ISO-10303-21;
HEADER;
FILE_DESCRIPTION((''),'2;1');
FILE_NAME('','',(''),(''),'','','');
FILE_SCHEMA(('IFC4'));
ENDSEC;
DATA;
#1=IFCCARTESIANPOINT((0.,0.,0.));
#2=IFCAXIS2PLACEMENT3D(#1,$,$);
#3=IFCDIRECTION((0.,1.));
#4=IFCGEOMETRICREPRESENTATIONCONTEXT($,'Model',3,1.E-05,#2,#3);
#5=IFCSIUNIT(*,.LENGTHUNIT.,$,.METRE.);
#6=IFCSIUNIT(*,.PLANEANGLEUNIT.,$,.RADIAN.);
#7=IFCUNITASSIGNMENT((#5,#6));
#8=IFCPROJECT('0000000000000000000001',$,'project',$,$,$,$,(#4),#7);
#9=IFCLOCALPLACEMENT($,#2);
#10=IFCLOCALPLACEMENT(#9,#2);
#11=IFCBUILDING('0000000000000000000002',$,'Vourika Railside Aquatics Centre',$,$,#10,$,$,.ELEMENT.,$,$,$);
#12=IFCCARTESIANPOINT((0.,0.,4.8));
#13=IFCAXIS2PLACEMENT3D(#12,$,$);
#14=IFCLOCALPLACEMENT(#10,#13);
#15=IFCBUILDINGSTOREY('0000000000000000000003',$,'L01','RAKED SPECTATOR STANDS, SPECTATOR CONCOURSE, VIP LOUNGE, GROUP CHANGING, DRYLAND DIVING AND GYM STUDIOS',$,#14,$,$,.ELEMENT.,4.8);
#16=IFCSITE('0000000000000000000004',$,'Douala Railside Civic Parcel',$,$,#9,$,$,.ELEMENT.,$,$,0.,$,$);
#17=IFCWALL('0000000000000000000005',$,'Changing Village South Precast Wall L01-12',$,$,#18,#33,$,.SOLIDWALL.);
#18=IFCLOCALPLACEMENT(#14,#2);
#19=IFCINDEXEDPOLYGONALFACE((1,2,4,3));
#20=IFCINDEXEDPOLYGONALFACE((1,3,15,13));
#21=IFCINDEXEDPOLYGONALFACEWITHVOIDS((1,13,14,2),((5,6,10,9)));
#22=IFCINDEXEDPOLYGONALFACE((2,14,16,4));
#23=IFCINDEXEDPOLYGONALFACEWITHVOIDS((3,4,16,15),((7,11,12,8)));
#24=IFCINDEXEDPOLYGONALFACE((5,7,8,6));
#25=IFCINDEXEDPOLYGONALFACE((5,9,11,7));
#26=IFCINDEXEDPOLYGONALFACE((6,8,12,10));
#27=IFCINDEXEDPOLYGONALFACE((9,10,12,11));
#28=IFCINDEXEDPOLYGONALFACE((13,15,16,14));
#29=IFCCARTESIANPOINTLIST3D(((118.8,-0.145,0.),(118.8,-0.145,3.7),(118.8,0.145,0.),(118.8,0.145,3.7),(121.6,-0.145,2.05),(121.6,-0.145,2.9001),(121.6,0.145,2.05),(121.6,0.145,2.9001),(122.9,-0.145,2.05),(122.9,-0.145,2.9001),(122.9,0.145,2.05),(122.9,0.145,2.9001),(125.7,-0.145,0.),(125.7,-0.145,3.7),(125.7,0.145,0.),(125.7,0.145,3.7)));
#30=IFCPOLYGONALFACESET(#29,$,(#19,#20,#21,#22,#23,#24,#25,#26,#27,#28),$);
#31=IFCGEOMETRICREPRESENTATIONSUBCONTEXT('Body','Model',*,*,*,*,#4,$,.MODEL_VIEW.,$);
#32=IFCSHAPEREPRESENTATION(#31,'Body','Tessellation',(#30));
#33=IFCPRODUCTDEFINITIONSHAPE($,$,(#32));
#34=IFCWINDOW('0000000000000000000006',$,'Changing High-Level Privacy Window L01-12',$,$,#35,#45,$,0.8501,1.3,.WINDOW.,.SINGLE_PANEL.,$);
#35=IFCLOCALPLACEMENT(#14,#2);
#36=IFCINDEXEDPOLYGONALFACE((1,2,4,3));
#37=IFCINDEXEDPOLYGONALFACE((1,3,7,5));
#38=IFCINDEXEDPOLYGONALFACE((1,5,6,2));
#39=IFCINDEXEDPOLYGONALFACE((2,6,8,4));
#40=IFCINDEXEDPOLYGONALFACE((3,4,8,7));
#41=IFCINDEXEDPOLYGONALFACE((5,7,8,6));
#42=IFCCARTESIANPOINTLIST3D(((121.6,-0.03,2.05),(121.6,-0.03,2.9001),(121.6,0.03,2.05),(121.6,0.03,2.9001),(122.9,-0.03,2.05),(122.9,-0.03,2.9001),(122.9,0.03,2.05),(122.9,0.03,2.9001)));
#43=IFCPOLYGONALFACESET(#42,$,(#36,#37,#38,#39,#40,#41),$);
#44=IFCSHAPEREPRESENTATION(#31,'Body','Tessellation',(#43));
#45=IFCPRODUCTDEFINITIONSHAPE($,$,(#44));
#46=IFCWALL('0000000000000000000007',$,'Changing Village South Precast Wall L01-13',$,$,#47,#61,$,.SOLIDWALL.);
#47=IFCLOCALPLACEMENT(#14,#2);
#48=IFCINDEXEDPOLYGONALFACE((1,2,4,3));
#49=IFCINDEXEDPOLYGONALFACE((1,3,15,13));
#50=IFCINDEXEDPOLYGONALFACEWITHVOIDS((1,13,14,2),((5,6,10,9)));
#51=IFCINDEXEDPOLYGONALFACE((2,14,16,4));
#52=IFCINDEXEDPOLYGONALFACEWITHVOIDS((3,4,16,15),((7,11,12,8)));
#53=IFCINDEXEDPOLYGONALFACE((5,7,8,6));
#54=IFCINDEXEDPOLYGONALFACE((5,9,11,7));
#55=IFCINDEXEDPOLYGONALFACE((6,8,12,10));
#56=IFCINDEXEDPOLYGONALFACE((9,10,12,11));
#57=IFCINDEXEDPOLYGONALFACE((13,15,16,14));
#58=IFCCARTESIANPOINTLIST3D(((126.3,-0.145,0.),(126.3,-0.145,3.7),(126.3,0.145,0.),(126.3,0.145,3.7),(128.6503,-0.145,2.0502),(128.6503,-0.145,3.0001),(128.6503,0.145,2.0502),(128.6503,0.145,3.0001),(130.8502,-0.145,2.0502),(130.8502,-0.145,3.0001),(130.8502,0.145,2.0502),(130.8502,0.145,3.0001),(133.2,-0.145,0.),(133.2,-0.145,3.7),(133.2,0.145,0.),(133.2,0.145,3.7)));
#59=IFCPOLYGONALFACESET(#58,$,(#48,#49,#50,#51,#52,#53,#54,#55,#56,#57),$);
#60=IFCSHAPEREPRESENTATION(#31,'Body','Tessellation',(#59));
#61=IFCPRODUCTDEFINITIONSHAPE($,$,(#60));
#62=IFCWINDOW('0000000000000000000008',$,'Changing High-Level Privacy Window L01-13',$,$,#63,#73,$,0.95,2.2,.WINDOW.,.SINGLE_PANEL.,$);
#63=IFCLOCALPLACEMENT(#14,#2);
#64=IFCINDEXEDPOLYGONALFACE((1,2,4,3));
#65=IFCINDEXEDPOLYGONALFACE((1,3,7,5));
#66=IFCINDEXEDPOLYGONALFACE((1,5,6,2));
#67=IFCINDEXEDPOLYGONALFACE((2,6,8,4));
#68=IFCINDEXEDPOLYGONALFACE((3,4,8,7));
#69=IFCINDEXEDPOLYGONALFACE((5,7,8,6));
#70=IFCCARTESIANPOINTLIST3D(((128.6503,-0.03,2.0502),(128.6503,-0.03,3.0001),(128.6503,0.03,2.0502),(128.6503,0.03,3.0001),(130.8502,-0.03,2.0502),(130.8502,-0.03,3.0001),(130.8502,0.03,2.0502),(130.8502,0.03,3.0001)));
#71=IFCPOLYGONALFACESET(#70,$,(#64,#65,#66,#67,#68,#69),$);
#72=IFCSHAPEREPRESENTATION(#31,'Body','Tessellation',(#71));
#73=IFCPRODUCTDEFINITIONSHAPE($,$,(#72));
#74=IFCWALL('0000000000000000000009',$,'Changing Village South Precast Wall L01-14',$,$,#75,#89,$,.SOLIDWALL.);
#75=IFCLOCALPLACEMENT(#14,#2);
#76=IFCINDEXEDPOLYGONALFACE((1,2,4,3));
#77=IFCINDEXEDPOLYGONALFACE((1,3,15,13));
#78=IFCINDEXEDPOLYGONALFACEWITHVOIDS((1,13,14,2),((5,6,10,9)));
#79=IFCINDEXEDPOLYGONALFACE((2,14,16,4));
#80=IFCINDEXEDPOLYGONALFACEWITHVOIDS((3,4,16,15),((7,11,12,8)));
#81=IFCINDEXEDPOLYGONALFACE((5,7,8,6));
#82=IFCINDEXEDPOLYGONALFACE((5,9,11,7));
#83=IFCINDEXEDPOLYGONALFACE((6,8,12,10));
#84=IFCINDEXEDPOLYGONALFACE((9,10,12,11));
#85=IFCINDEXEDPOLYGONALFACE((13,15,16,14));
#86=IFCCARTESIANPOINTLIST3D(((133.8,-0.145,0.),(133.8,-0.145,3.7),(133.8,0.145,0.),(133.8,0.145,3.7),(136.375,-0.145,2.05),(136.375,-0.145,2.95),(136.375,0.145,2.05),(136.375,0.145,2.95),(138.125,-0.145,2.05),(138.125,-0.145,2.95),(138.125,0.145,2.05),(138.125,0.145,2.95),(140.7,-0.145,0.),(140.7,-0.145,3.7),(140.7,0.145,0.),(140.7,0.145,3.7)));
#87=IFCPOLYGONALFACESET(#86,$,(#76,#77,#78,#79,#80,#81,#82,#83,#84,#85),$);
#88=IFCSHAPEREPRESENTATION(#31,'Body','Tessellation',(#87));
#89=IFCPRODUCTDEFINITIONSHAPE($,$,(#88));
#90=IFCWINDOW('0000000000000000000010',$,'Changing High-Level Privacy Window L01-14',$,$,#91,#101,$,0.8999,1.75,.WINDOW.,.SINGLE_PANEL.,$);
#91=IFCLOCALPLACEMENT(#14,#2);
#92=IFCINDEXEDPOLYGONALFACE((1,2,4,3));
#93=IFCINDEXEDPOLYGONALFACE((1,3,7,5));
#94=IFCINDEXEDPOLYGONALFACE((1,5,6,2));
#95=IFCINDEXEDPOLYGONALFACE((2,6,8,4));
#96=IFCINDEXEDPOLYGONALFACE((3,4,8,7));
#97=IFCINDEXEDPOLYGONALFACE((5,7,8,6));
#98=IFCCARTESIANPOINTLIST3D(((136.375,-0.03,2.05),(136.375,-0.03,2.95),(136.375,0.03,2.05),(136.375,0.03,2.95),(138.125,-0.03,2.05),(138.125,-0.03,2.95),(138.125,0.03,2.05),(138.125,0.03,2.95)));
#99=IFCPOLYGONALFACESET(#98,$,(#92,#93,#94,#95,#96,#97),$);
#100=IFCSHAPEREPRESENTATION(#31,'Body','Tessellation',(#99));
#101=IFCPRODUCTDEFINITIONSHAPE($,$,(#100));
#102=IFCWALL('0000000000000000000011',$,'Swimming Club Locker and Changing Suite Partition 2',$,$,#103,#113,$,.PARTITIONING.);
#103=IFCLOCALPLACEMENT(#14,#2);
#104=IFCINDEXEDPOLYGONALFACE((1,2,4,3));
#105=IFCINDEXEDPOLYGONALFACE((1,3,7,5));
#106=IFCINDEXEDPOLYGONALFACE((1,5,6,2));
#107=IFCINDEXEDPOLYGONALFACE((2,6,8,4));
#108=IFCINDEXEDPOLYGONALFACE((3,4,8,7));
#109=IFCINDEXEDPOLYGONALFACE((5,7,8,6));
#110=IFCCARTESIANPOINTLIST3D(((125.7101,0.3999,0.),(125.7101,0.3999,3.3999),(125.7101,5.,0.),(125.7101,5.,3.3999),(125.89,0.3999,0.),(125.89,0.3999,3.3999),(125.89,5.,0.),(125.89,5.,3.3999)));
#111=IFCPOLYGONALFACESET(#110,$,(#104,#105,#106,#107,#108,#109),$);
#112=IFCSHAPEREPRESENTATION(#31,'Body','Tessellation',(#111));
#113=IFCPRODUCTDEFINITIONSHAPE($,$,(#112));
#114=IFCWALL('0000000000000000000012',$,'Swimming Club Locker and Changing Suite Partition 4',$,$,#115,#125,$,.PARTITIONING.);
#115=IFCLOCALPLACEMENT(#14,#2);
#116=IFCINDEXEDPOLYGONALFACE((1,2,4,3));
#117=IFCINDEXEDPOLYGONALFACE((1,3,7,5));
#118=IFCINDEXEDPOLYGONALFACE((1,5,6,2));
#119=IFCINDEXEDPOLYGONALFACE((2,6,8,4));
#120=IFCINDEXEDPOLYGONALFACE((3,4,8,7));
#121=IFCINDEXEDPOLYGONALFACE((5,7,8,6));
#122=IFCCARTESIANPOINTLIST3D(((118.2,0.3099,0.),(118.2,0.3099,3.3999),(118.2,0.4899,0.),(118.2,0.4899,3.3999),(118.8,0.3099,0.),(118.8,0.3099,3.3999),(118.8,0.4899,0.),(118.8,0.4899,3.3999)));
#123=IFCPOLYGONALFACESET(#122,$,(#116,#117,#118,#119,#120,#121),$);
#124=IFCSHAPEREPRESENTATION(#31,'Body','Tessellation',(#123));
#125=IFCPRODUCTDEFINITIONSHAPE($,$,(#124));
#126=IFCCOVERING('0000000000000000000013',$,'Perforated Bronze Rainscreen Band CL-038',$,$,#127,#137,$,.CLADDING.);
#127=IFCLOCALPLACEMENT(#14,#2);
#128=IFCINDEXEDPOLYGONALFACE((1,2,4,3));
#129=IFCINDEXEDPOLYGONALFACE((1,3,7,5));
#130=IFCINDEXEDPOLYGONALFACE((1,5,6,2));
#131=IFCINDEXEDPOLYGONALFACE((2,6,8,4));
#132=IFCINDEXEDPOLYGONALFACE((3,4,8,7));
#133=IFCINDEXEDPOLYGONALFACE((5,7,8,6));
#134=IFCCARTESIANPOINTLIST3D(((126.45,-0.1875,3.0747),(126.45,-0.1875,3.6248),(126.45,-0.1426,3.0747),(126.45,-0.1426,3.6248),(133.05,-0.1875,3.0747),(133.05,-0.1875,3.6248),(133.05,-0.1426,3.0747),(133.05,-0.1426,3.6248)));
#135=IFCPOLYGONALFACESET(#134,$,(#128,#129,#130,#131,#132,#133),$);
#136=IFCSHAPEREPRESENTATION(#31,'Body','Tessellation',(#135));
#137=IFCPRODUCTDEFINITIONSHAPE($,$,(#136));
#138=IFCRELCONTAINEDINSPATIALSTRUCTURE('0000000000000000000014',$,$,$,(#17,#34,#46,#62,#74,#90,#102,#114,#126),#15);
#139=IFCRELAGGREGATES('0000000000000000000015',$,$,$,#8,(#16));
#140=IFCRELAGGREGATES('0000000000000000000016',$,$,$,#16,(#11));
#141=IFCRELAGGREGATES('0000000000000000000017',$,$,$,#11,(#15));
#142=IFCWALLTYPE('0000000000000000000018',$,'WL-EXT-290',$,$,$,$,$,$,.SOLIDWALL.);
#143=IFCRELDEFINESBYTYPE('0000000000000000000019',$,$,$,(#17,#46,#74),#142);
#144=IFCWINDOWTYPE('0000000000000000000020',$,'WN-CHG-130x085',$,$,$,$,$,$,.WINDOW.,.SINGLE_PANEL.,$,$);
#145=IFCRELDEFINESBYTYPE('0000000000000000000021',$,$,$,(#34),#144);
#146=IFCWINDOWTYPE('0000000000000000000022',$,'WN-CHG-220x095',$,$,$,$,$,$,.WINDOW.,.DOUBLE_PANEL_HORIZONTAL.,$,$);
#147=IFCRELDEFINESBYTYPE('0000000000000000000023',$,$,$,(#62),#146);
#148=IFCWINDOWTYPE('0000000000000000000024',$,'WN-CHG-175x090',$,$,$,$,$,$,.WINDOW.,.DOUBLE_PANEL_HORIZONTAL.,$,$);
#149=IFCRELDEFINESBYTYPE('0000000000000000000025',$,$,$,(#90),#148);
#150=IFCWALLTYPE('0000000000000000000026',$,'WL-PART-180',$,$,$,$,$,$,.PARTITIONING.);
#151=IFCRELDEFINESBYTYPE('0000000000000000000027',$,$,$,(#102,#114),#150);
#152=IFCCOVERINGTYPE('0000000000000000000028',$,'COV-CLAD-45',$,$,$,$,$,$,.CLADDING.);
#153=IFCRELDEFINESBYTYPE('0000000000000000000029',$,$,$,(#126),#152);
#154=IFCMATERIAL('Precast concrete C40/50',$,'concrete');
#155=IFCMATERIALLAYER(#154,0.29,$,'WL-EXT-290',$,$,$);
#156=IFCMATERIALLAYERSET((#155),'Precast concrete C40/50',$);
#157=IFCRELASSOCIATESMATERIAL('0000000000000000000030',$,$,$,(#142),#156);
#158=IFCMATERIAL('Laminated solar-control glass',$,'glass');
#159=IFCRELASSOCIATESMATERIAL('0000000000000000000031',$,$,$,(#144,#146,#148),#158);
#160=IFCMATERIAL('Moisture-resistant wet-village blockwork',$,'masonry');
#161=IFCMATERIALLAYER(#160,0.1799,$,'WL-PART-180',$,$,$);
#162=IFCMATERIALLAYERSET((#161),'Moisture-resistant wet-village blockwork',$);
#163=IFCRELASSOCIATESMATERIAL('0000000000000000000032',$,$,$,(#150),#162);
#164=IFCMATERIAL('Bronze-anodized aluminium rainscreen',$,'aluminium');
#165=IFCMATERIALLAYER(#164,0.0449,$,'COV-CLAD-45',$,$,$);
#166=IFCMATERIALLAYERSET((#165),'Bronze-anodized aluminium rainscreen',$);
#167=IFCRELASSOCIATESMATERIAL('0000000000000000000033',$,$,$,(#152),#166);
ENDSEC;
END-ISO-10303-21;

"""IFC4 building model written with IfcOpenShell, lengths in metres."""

from ifc_helpers import new_model, si_unit, direction, frame, frame_2d, origin, origin_2d, place, context, subcontext, project, spatial, rectangle, extrude, material, layer, layer_set, type_object, element, fill, save


model = new_model("IFC4")

# Units and contexts
model_context = context("Model", 3, precision=1e-05, world=origin(), true_north=direction((0.0, 1.0)))
body_context = subcontext(model_context, "Body", "Model", "MODEL_VIEW")
ifc_project = project(units=[si_unit("LENGTHUNIT", "METRE"), si_unit("PLANEANGLEUNIT", "RADIAN")], contexts=[model_context])

# Site, building, storey
site_placement = place(None, origin())
site = spatial("IfcSite", under=ifc_project, at=site_placement, Name="Douala Railside Civic Parcel", CompositionType="ELEMENT", RefElevation=0.0)
building_placement = place(site_placement, origin())
building = spatial("IfcBuilding", under=site, at=building_placement, Name="Vourika Railside Aquatics Centre", CompositionType="ELEMENT")
storey_placement = place(building_placement, frame((0.0, 0.0, 4.8)))
storey = spatial("IfcBuildingStorey", under=building, at=storey_placement, Name="L01", Description="RAKED SPECTATOR STANDS, SPECTATOR CONCOURSE, VIP LOUNGE, GROUP CHANGING, DRYLAND DIVING AND GYM STUDIOS", CompositionType="ELEMENT", Elevation=4.8)

# Walls, openings, windows
ifc_material_1 = material(Name="Precast concrete C40/50", Category="concrete")
ifc_layer_1 = layer(ifc_material_1, 0.29, Name="WL-EXT-290")
ifc_layer_set_1 = layer_set([ifc_layer_1], Name="Precast concrete C40/50")
wall_type_1 = type_object("IfcWallType", Name="WL-EXT-290", PredefinedType="SOLIDWALL", material=ifc_layer_set_1)
wall_1_placement = place(storey_placement, frame((118.8, 0.0, 0.0), z_axis=(0.0, 0.0, 1.0), x_axis=(1.0, 0.0, 0.0)))
wall_1 = element("IfcWall", 1, at=wall_1_placement, inside=storey, type_object=wall_type_1, Name="Changing Village South Precast Wall L01-12", PredefinedType="SOLIDWALL", context=body_context, shape_type="SweptSolid", body=[
    extrude(rectangle(XDim=6.8999, YDim=0.29, at=frame_2d((3.45, 0.0))), origin(), (0.0, 0.0, 1.0), 3.7),
])
opening_1_placement = place(wall_1_placement, frame((2.8, 0.0, 2.05)))
opening_1 = element("IfcOpeningElement", 2, at=opening_1_placement, cuts=wall_1, PredefinedType="OPENING", context=body_context, shape_type="SweptSolid", body=[
    extrude(rectangle(XDim=1.3, YDim=0.8501, at=frame_2d((0.6499, 0.425))), frame((0.0, 0.155, 0.0), z_axis=(0.0, -1.0, 0.0), x_axis=(1.0, 0.0, 0.0)), (0.0, 0.0, 1.0), 0.3101),
])
ifc_material_2 = material(Name="Laminated solar-control glass", Category="glass")
window_type_1 = type_object("IfcWindowType", Name="WN-CHG-130x085", PartitioningType="SINGLE_PANEL", PredefinedType="WINDOW", material=ifc_material_2)
window_1_placement = place(opening_1_placement, origin())
window_1 = element("IfcWindow", 3, at=window_1_placement, inside=storey, type_object=window_type_1, Name="Changing High-Level Privacy Window L01-12", OverallHeight=0.8501, OverallWidth=1.3, PartitioningType="SINGLE_PANEL", PredefinedType="WINDOW", context=body_context, shape_type="SweptSolid", body=[
    extrude(rectangle(XDim=1.3, YDim=0.8501, at=frame_2d((0.6499, 0.425))), frame((0.0, 0.03, 0.0), z_axis=(0.0, -1.0, 0.0), x_axis=(1.0, 0.0, 0.0)), (0.0, 0.0, 1.0), 0.0601),
])
fill(opening_1, window_1)
wall_2_placement = place(storey_placement, frame((126.3, 0.0, 0.0), z_axis=(0.0, 0.0, 1.0), x_axis=(1.0, 0.0, 0.0)))
wall_2 = element("IfcWall", 4, at=wall_2_placement, inside=storey, type_object=wall_type_1, Name="Changing Village South Precast Wall L01-13", PredefinedType="SOLIDWALL", context=body_context, shape_type="SweptSolid", body=[
    extrude(rectangle(XDim=6.8999, YDim=0.29, at=frame_2d((3.45, 0.0))), origin(), (0.0, 0.0, 1.0), 3.7),
])
opening_2_placement = place(wall_2_placement, frame((2.3501, 0.0, 2.05)))
opening_2 = element("IfcOpeningElement", 5, at=opening_2_placement, cuts=wall_2, PredefinedType="OPENING", context=body_context, shape_type="SweptSolid", body=[
    extrude(rectangle(XDim=2.2, YDim=0.95, at=frame_2d((1.1001, 0.4751))), frame((0.0, 0.155, 0.0), z_axis=(0.0, -1.0, 0.0), x_axis=(1.0, 0.0, 0.0)), (0.0, 0.0, 1.0), 0.3101),
])
window_type_2 = type_object("IfcWindowType", Name="WN-CHG-220x095", PartitioningType="DOUBLE_PANEL_HORIZONTAL", PredefinedType="WINDOW", material=ifc_material_2)
window_2_placement = place(opening_2_placement, origin())
window_2 = element("IfcWindow", 6, at=window_2_placement, inside=storey, type_object=window_type_2, Name="Changing High-Level Privacy Window L01-13", OverallHeight=0.95, OverallWidth=2.2, PartitioningType="SINGLE_PANEL", PredefinedType="WINDOW", context=body_context, shape_type="SweptSolid", body=[
    extrude(rectangle(XDim=2.2, YDim=0.95, at=frame_2d((1.1001, 0.4751))), frame((0.0, 0.03, 0.0), z_axis=(0.0, -1.0, 0.0), x_axis=(1.0, 0.0, 0.0)), (0.0, 0.0, 1.0), 0.0601),
])
fill(opening_2, window_2)
wall_3_placement = place(storey_placement, frame((133.8, 0.0, 0.0), z_axis=(0.0, 0.0, 1.0), x_axis=(1.0, 0.0, 0.0)))
wall_3 = element("IfcWall", 7, at=wall_3_placement, inside=storey, type_object=wall_type_1, Name="Changing Village South Precast Wall L01-14", PredefinedType="SOLIDWALL", context=body_context, shape_type="SweptSolid", body=[
    extrude(rectangle(XDim=6.8999, YDim=0.29, at=frame_2d((3.45, 0.0))), origin(), (0.0, 0.0, 1.0), 3.7),
])
opening_3_placement = place(wall_3_placement, frame((2.575, 0.0, 2.05)))
opening_3 = element("IfcOpeningElement", 8, at=opening_3_placement, cuts=wall_3, PredefinedType="OPENING", context=body_context, shape_type="SweptSolid", body=[
    extrude(rectangle(XDim=1.75, YDim=0.8999, at=frame_2d((0.875, 0.45))), frame((0.0, 0.155, 0.0), z_axis=(0.0, -1.0, 0.0), x_axis=(1.0, 0.0, 0.0)), (0.0, 0.0, 1.0), 0.3101),
])
window_type_3 = type_object("IfcWindowType", Name="WN-CHG-175x090", PartitioningType="DOUBLE_PANEL_HORIZONTAL", PredefinedType="WINDOW", material=ifc_material_2)
window_3_placement = place(opening_3_placement, origin())
window_3 = element("IfcWindow", 9, at=window_3_placement, inside=storey, type_object=window_type_3, Name="Changing High-Level Privacy Window L01-14", OverallHeight=0.8999, OverallWidth=1.75, PartitioningType="SINGLE_PANEL", PredefinedType="WINDOW", context=body_context, shape_type="SweptSolid", body=[
    extrude(rectangle(XDim=1.75, YDim=0.8999, at=frame_2d((0.875, 0.45))), frame((0.0, 0.03, 0.0), z_axis=(0.0, -1.0, 0.0), x_axis=(1.0, 0.0, 0.0)), (0.0, 0.0, 1.0), 0.0601),
])
fill(opening_3, window_3)

# Walls
ifc_material_3 = material(Name="Moisture-resistant wet-village blockwork", Category="masonry")
ifc_layer_2 = layer(ifc_material_3, 0.1799, Name="WL-PART-180")
ifc_layer_set_2 = layer_set([ifc_layer_2], Name="Moisture-resistant wet-village blockwork")
wall_type_2 = type_object("IfcWallType", Name="WL-PART-180", PredefinedType="PARTITIONING", material=ifc_layer_set_2)
wall_4_placement = place(storey_placement, frame((125.8, 5.0, 0.0), z_axis=(0.0, 0.0, 1.0), x_axis=(0.0, -1.0, 0.0)))
element("IfcWall", 10, at=wall_4_placement, inside=storey, type_object=wall_type_2, Name="Swimming Club Locker and Changing Suite Partition 2", PredefinedType="PARTITIONING", context=body_context, shape_type="SweptSolid", body=[
    extrude(rectangle(XDim=4.6001, YDim=0.1799, at=frame_2d((2.3, 0.0))), origin(), (0.0, 0.0, 1.0), 3.3999),
])
wall_5_placement = place(storey_placement, frame((118.8, 0.3999, 0.0), z_axis=(0.0, 0.0, 1.0), x_axis=(-1.0, 0.0, 0.0)))
element("IfcWall", 11, at=wall_5_placement, inside=storey, type_object=wall_type_2, Name="Swimming Club Locker and Changing Suite Partition 4", PredefinedType="PARTITIONING", context=body_context, shape_type="SweptSolid", body=[
    extrude(rectangle(XDim=0.6001, YDim=0.1799, at=frame_2d((0.3, 0.0))), origin(), (0.0, 0.0, 1.0), 3.3999),
])

# Covering
ifc_material_4 = material(Name="Bronze-anodized aluminium rainscreen", Category="aluminium")
ifc_layer_3 = layer(ifc_material_4, 0.0449, Name="COV-CLAD-45")
ifc_layer_set_3 = layer_set([ifc_layer_3], Name="Bronze-anodized aluminium rainscreen")
covering_type = type_object("IfcCoveringType", Name="COV-CLAD-45", PredefinedType="CLADDING", material=ifc_layer_set_3)
covering_placement = place(storey_placement, frame((129.75, -0.165, 3.0747), z_axis=(0.0, 0.0, 1.0), x_axis=(1.0, 0.0, 0.0)))
element("IfcCovering", 12, at=covering_placement, inside=storey, type_object=covering_type, Name="Perforated Bronze Rainscreen Band CL-038", PredefinedType="CLADDING", context=body_context, shape_type="SweptSolid", body=[
    extrude(rectangle(XDim=6.6001, YDim=0.0449, at=origin_2d()), origin(), (0.0, 0.0, 1.0), 0.55),
])

save(model, "model.ifc")
